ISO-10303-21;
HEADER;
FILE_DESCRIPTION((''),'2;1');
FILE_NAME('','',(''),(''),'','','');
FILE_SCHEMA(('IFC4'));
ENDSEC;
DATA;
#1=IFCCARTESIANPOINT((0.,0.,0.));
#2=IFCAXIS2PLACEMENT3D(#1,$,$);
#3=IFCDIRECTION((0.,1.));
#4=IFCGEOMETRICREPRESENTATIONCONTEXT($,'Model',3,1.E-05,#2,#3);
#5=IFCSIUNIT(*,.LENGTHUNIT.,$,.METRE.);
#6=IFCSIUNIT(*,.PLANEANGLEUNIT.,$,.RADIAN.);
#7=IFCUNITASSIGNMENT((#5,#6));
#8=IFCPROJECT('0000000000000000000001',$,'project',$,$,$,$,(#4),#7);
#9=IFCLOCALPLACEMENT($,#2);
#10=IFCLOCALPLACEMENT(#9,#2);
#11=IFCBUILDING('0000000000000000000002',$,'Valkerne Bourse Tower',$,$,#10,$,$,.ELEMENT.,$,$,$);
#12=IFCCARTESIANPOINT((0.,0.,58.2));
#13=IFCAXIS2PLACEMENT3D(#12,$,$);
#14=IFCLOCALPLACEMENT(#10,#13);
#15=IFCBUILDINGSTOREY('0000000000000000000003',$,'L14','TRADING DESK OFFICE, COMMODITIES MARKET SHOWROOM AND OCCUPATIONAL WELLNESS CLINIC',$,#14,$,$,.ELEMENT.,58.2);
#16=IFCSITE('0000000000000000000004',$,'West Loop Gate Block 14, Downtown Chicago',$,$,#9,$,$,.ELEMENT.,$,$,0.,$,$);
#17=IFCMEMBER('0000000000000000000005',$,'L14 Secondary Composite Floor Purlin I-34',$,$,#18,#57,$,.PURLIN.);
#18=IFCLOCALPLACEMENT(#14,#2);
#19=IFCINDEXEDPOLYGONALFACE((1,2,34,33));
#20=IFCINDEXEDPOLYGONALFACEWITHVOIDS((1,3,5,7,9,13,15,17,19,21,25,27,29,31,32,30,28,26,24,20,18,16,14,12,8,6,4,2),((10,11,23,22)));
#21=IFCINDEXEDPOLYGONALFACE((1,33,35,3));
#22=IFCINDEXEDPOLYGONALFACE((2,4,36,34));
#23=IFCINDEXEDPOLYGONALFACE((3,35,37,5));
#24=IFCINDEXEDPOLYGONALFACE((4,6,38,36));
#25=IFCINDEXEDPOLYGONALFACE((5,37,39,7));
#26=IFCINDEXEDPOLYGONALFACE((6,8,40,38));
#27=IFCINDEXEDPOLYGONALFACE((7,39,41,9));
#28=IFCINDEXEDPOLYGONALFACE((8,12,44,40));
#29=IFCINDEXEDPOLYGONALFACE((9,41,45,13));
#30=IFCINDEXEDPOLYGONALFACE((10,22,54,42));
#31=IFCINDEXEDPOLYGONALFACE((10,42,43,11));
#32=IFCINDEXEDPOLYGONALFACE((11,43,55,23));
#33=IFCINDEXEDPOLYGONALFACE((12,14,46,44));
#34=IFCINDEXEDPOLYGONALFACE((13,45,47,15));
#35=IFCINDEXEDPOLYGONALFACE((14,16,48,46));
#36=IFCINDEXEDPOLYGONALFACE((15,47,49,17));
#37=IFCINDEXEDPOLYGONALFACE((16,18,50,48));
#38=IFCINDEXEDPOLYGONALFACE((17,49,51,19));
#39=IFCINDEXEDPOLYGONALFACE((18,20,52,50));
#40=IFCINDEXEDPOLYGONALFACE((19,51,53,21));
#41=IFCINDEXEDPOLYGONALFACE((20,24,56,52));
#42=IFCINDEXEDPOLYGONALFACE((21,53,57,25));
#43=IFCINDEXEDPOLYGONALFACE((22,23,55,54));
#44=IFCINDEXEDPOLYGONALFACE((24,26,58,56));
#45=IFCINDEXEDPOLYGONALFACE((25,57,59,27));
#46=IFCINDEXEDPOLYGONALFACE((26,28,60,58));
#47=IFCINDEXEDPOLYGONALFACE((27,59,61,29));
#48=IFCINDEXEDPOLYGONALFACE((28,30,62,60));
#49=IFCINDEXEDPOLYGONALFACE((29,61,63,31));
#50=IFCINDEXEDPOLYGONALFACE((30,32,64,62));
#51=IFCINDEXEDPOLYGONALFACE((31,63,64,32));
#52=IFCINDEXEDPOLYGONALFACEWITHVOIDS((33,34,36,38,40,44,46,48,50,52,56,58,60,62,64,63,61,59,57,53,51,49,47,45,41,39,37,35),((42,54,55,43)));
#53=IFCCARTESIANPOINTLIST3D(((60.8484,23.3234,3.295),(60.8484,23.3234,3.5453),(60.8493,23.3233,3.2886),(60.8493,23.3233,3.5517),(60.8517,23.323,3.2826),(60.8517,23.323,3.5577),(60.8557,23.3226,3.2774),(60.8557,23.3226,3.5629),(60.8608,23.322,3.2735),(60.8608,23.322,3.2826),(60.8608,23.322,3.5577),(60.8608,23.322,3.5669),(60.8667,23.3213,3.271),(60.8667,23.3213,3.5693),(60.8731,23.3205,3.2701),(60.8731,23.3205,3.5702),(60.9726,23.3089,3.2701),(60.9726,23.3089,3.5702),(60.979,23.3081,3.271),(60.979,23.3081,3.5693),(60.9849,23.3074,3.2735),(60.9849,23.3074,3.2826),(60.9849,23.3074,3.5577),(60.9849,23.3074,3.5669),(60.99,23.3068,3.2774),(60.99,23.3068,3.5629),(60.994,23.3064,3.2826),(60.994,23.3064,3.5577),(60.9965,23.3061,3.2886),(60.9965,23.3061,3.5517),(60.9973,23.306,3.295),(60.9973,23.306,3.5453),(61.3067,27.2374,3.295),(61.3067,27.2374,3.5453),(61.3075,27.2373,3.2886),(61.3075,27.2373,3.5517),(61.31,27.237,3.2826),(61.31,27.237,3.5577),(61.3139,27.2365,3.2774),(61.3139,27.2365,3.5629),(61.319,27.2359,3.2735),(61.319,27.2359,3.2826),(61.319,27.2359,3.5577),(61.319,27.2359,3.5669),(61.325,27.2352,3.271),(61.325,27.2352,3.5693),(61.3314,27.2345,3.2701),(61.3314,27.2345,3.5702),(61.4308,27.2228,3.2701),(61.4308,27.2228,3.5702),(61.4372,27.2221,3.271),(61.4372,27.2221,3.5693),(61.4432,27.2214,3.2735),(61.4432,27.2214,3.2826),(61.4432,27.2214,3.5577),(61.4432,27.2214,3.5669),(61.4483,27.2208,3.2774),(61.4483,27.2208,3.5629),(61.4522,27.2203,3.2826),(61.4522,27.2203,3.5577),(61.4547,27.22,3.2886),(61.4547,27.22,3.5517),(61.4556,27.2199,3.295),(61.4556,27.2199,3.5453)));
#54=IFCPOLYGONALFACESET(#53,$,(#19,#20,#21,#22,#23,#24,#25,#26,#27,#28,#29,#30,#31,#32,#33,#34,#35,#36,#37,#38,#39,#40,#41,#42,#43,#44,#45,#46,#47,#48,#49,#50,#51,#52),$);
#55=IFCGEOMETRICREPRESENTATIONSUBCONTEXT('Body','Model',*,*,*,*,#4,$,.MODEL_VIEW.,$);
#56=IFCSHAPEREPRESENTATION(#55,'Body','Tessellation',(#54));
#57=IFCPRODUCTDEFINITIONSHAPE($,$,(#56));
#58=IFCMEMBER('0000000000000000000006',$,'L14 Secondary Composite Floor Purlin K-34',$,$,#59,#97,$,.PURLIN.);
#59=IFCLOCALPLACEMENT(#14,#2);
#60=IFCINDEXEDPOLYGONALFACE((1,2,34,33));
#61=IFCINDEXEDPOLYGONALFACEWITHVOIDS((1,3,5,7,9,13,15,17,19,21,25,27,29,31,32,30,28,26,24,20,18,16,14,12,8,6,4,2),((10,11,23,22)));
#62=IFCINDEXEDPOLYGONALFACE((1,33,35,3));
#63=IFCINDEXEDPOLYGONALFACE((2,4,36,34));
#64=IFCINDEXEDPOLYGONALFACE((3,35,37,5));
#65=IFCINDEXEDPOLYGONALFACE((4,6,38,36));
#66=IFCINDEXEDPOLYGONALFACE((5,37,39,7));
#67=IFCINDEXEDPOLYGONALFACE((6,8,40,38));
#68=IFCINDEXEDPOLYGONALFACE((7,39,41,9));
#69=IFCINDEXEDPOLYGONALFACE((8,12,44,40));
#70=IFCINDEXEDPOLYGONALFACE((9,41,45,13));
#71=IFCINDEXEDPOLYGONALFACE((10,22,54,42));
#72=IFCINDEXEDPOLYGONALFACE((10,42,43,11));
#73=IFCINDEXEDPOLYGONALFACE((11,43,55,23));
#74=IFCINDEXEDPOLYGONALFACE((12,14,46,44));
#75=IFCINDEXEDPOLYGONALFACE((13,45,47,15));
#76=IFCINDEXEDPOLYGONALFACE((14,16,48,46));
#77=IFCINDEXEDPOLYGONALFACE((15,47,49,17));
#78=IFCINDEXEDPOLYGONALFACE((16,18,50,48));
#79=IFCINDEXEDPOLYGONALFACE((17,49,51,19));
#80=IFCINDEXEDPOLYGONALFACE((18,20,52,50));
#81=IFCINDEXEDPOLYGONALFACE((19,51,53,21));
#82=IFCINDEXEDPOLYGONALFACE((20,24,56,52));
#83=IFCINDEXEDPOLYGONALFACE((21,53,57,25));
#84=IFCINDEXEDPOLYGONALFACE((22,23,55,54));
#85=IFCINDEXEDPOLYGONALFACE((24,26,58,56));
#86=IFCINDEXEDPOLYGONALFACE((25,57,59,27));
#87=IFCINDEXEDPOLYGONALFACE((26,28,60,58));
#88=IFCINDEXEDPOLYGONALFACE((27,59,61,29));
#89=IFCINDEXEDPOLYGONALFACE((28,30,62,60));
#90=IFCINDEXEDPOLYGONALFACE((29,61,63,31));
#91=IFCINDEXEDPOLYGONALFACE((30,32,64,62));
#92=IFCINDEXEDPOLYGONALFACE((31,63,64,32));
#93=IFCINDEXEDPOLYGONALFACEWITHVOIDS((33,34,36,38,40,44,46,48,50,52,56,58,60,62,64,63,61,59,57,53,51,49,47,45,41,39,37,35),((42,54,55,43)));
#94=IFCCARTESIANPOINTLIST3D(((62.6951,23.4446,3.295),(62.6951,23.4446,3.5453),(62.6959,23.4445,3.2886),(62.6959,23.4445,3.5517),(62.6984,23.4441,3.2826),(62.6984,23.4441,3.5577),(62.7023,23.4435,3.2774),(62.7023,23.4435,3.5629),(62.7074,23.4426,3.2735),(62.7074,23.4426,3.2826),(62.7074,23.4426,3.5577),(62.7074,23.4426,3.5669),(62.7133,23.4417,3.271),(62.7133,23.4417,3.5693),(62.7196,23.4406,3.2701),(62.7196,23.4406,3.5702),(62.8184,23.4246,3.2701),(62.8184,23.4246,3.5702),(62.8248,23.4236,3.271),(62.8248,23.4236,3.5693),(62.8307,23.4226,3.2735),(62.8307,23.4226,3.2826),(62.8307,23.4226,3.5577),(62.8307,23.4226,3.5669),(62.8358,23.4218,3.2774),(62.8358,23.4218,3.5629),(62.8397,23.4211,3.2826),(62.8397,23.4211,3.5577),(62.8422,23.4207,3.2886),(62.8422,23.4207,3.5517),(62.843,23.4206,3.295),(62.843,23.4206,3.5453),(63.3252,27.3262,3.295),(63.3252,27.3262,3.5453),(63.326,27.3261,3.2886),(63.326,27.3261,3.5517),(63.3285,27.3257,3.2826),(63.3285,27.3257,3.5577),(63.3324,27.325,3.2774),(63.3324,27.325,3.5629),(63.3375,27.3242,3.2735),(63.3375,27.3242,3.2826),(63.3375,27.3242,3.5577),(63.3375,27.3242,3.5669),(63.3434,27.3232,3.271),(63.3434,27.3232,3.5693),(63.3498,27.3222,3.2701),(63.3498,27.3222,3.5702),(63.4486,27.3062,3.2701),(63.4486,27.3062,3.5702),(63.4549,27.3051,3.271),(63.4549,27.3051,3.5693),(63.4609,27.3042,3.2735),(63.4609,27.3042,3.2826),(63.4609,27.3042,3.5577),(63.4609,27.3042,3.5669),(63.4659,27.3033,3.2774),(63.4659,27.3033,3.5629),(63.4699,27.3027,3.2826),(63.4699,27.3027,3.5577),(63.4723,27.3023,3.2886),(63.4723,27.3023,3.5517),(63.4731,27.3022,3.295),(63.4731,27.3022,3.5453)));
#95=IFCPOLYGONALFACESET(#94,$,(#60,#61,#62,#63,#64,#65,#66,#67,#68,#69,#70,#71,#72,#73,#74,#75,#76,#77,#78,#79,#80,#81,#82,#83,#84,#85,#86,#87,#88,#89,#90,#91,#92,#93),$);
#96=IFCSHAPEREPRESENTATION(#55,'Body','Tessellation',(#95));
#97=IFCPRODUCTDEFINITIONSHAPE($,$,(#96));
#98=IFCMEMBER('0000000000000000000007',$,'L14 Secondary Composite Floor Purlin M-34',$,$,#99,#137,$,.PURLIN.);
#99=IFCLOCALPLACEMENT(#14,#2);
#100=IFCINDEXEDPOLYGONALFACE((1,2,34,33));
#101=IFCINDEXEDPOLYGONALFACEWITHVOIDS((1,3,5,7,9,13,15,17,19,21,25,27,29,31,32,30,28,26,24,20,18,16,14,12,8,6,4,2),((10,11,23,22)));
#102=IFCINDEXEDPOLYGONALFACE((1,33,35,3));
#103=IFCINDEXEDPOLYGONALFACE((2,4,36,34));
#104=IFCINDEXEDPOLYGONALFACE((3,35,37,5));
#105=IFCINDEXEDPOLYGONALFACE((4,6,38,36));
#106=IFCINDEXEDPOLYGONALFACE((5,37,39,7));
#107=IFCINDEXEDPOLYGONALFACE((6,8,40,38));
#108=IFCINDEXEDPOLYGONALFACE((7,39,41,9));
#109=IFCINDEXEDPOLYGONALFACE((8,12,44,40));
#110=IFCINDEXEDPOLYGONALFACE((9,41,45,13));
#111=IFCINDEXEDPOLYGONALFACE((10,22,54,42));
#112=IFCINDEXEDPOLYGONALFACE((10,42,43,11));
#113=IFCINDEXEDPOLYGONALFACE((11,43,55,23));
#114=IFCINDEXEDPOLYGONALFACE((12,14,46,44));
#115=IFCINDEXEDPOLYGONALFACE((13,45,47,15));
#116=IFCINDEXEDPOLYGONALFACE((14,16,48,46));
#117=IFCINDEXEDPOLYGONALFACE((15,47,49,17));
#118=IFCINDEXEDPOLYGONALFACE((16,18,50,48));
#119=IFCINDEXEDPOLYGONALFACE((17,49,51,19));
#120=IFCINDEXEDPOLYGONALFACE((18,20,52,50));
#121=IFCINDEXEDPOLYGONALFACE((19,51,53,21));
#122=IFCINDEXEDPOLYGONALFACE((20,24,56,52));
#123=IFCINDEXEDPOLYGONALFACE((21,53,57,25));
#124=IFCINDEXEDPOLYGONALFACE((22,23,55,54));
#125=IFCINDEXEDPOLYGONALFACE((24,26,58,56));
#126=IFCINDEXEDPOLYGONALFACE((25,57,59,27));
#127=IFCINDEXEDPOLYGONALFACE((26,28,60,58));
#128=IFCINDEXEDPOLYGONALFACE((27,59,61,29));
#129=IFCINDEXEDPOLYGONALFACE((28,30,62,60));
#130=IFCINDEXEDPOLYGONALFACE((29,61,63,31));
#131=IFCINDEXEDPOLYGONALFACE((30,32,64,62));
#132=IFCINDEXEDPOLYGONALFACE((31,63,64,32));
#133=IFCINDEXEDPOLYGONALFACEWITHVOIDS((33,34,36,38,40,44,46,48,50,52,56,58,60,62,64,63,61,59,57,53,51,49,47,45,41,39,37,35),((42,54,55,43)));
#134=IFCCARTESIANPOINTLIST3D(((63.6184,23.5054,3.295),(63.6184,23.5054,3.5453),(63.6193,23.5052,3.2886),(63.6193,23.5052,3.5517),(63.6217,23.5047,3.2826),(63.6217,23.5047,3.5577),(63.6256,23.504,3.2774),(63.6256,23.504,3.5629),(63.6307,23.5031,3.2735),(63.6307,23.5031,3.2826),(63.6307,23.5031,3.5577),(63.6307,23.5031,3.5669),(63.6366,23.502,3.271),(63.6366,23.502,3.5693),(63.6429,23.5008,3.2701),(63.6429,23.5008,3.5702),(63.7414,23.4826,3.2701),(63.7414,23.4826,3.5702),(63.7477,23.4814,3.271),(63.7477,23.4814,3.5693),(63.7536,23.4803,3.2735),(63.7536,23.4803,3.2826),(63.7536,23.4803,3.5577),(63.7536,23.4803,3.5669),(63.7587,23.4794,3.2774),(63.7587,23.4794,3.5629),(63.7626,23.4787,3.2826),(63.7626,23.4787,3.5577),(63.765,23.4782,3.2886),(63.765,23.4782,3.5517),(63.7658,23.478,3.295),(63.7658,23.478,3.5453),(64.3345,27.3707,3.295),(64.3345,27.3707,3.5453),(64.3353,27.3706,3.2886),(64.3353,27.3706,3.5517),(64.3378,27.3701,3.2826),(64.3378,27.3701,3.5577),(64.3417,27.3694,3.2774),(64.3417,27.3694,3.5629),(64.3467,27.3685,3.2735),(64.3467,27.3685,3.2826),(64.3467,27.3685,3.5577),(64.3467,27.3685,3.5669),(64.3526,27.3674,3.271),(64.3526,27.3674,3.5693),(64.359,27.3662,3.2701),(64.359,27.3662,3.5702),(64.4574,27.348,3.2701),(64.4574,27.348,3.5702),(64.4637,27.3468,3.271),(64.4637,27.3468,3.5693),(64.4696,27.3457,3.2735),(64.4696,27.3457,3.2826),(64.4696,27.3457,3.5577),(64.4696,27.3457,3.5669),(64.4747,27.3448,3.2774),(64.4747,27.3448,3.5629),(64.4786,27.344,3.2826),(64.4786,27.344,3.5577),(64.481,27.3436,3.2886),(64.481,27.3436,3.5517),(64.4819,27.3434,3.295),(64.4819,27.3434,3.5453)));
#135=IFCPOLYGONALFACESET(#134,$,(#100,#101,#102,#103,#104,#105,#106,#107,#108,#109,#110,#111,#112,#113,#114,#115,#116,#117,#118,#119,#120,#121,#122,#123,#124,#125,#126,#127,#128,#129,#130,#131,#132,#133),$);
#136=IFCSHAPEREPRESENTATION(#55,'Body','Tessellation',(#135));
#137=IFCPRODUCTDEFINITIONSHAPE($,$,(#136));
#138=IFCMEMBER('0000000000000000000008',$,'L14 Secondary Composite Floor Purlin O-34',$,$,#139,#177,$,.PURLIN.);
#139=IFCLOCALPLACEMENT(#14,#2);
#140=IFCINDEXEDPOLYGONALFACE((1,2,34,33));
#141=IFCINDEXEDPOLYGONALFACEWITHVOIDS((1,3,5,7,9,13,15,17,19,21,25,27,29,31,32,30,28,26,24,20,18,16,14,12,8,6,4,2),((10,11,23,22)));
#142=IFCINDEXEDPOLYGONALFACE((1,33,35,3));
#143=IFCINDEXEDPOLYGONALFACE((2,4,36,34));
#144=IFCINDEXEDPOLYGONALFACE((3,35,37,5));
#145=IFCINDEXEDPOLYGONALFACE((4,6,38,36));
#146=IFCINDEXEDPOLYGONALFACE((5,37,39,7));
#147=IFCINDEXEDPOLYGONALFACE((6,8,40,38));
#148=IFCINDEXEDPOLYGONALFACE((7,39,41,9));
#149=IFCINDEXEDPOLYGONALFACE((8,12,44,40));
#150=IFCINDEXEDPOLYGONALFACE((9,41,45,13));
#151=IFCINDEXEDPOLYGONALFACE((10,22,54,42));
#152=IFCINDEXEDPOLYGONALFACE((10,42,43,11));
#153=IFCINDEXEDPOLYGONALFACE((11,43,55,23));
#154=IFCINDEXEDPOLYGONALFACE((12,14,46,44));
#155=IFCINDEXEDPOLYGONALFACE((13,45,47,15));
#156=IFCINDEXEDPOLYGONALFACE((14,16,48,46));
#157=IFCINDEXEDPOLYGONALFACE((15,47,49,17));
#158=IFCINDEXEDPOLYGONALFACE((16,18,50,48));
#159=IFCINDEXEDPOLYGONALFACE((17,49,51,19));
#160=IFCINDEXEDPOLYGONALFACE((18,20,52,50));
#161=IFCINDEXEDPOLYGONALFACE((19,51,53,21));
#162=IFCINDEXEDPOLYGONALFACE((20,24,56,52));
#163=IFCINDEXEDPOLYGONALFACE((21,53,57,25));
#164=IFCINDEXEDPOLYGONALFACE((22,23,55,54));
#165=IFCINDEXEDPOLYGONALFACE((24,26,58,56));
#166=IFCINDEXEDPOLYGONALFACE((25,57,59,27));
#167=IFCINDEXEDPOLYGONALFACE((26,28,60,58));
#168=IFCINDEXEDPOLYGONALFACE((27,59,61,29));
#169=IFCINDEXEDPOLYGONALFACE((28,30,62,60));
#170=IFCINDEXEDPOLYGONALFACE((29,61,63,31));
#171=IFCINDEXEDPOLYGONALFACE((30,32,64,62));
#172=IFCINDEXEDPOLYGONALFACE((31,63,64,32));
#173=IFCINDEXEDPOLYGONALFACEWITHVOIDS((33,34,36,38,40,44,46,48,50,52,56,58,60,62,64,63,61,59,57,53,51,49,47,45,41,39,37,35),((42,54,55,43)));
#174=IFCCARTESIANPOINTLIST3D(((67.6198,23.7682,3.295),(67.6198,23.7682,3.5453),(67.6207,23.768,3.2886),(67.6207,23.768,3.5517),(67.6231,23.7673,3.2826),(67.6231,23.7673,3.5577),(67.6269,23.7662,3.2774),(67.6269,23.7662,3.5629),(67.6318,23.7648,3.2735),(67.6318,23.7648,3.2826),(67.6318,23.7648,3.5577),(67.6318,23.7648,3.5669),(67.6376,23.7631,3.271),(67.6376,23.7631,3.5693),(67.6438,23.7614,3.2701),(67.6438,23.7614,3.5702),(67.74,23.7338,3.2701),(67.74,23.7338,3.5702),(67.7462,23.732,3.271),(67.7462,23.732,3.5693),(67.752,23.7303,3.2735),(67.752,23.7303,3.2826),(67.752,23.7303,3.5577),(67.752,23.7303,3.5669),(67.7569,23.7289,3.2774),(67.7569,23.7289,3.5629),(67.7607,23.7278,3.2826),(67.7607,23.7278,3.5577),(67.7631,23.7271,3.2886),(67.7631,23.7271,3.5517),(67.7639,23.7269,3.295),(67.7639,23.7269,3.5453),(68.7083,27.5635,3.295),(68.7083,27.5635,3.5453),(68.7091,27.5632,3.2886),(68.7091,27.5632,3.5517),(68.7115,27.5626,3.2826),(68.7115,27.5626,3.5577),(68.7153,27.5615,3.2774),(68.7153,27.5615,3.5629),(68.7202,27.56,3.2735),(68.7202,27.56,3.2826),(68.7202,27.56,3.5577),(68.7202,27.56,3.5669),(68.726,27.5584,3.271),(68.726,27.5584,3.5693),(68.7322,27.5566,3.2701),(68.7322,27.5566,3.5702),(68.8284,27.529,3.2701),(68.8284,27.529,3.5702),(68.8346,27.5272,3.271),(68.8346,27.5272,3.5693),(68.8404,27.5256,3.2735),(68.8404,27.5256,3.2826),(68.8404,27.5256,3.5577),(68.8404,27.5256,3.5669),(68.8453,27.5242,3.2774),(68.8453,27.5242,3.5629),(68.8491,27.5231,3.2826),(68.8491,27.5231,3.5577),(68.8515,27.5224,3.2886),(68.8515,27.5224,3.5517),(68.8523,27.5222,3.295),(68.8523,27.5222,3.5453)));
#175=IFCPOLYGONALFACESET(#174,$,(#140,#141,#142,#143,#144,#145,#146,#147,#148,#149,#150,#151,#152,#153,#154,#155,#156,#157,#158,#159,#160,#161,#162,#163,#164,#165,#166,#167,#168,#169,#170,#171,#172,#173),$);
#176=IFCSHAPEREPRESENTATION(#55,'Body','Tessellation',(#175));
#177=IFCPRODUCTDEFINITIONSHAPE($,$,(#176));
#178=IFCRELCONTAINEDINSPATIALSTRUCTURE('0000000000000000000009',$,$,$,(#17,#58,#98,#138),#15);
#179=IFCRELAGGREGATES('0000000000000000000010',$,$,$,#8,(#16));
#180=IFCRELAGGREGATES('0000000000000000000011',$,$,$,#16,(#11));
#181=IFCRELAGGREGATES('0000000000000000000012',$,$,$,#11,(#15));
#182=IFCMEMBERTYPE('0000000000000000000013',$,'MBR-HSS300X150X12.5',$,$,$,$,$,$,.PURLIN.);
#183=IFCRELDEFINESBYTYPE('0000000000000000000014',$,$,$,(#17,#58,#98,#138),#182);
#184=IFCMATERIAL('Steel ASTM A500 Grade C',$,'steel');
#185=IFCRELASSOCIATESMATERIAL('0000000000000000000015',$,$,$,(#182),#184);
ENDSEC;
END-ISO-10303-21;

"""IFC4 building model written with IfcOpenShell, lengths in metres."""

from ifc_helpers import new_model, si_unit, direction, frame, origin, origin_2d, place, context, subcontext, project, spatial, hollow_rectangle, extrude, material, material_profile, profile_set, type_object, element, save


model = new_model("IFC4")

# Units and contexts
model_context = context("Model", 3, precision=1e-05, world=origin(), true_north=direction((0.0, 1.0)))
body_context = subcontext(model_context, "Body", "Model", "MODEL_VIEW")
ifc_project = project(units=[si_unit("LENGTHUNIT", "METRE"), si_unit("PLANEANGLEUNIT", "RADIAN")], contexts=[model_context])

# Site, building, storey
site_placement = place(None, origin())
site = spatial("IfcSite", under=ifc_project, at=site_placement, Name="West Loop Gate Block 14, Downtown Chicago", CompositionType="ELEMENT", RefElevation=0.0)
building_placement = place(site_placement, origin())
building = spatial("IfcBuilding", under=site, at=building_placement, Name="Valkerne Bourse Tower", CompositionType="ELEMENT")
storey_placement = place(building_placement, frame((0.0, 0.0, 58.2)))
storey = spatial("IfcBuildingStorey", under=building, at=storey_placement, Name="L14", Description="TRADING DESK OFFICE, COMMODITIES MARKET SHOWROOM AND OCCUPATIONAL WELLNESS CLINIC", CompositionType="ELEMENT", Elevation=58.2)

# Members
ifc_material_1 = material(Name="Steel ASTM A500 Grade C", Category="steel")
ifc_material_profile_1 = material_profile(ifc_material_1, hollow_rectangle(XDim=0.1499, YDim=0.3, WallThickness=0.0125, OuterFilletRadius=0.0249, at=origin_2d()), Name="HSS300X150X12.5")
ifc_profile_set_1 = profile_set([ifc_material_profile_1], Name="Steel ASTM A500 Grade C")
member_type_1 = type_object("IfcMemberType", Name="MBR-HSS300X150X12.5", PredefinedType="PURLIN", material=ifc_profile_set_1)
member_1_placement = place(storey_placement, frame((60.9229, 23.3147, 3.4202), z_axis=(0.116291, 0.993215, 0.0), x_axis=(-0.993215, 0.116291, 0.0)))
element("IfcMember", 1, at=member_1_placement, inside=storey, type_object=member_type_1, Name="L14 Secondary Composite Floor Purlin I-34", PredefinedType="PURLIN", context=body_context, shape_type="SweptSolid", body=[
    extrude(hollow_rectangle(XDim=0.1499, YDim=0.3, WallThickness=0.0125, OuterFilletRadius=0.0249, at=origin_2d()), origin(), (0.0, 0.0, 1.0), 3.9407),
])
member_2_placement = place(storey_placement, frame((62.769, 23.4326, 3.4202), z_axis=(0.16024, 0.987078, 0.0), x_axis=(-0.987078, 0.16024, 0.0)))
element("IfcMember", 2, at=member_2_placement, inside=storey, type_object=member_type_1, Name="L14 Secondary Composite Floor Purlin K-34", PredefinedType="PURLIN", context=body_context, shape_type="SweptSolid", body=[
    extrude(hollow_rectangle(XDim=0.1499, YDim=0.3, WallThickness=0.0125, OuterFilletRadius=0.0249, at=origin_2d()), origin(), (0.0, 0.0, 1.0), 3.9324),
])
member_3_placement = place(storey_placement, frame((63.6921, 23.4917, 3.4202), z_axis=(0.182147, 0.983271, 0.0), x_axis=(-0.983271, 0.182147, 0.0)))
element("IfcMember", 3, at=member_3_placement, inside=storey, type_object=member_type_1, Name="L14 Secondary Composite Floor Purlin M-34", PredefinedType="PURLIN", context=body_context, shape_type="SweptSolid", body=[
    extrude(hollow_rectangle(XDim=0.1499, YDim=0.3, WallThickness=0.0125, OuterFilletRadius=0.0249, at=origin_2d()), origin(), (0.0, 0.0, 1.0), 3.9312),
])
member_4_placement = place(storey_placement, frame((67.6919, 23.7476, 3.4202), z_axis=(0.275668, 0.961253, 0.0), x_axis=(-0.961253, 0.275668, 0.0)))
element("IfcMember", 4, at=member_4_placement, inside=storey, type_object=member_type_1, Name="L14 Secondary Composite Floor Purlin O-34", PredefinedType="PURLIN", context=body_context, shape_type="SweptSolid", body=[
    extrude(hollow_rectangle(XDim=0.1499, YDim=0.3, WallThickness=0.0125, OuterFilletRadius=0.0249, at=origin_2d()), origin(), (0.0, 0.0, 1.0), 3.9482),
])

save(model, "model.ifc")
